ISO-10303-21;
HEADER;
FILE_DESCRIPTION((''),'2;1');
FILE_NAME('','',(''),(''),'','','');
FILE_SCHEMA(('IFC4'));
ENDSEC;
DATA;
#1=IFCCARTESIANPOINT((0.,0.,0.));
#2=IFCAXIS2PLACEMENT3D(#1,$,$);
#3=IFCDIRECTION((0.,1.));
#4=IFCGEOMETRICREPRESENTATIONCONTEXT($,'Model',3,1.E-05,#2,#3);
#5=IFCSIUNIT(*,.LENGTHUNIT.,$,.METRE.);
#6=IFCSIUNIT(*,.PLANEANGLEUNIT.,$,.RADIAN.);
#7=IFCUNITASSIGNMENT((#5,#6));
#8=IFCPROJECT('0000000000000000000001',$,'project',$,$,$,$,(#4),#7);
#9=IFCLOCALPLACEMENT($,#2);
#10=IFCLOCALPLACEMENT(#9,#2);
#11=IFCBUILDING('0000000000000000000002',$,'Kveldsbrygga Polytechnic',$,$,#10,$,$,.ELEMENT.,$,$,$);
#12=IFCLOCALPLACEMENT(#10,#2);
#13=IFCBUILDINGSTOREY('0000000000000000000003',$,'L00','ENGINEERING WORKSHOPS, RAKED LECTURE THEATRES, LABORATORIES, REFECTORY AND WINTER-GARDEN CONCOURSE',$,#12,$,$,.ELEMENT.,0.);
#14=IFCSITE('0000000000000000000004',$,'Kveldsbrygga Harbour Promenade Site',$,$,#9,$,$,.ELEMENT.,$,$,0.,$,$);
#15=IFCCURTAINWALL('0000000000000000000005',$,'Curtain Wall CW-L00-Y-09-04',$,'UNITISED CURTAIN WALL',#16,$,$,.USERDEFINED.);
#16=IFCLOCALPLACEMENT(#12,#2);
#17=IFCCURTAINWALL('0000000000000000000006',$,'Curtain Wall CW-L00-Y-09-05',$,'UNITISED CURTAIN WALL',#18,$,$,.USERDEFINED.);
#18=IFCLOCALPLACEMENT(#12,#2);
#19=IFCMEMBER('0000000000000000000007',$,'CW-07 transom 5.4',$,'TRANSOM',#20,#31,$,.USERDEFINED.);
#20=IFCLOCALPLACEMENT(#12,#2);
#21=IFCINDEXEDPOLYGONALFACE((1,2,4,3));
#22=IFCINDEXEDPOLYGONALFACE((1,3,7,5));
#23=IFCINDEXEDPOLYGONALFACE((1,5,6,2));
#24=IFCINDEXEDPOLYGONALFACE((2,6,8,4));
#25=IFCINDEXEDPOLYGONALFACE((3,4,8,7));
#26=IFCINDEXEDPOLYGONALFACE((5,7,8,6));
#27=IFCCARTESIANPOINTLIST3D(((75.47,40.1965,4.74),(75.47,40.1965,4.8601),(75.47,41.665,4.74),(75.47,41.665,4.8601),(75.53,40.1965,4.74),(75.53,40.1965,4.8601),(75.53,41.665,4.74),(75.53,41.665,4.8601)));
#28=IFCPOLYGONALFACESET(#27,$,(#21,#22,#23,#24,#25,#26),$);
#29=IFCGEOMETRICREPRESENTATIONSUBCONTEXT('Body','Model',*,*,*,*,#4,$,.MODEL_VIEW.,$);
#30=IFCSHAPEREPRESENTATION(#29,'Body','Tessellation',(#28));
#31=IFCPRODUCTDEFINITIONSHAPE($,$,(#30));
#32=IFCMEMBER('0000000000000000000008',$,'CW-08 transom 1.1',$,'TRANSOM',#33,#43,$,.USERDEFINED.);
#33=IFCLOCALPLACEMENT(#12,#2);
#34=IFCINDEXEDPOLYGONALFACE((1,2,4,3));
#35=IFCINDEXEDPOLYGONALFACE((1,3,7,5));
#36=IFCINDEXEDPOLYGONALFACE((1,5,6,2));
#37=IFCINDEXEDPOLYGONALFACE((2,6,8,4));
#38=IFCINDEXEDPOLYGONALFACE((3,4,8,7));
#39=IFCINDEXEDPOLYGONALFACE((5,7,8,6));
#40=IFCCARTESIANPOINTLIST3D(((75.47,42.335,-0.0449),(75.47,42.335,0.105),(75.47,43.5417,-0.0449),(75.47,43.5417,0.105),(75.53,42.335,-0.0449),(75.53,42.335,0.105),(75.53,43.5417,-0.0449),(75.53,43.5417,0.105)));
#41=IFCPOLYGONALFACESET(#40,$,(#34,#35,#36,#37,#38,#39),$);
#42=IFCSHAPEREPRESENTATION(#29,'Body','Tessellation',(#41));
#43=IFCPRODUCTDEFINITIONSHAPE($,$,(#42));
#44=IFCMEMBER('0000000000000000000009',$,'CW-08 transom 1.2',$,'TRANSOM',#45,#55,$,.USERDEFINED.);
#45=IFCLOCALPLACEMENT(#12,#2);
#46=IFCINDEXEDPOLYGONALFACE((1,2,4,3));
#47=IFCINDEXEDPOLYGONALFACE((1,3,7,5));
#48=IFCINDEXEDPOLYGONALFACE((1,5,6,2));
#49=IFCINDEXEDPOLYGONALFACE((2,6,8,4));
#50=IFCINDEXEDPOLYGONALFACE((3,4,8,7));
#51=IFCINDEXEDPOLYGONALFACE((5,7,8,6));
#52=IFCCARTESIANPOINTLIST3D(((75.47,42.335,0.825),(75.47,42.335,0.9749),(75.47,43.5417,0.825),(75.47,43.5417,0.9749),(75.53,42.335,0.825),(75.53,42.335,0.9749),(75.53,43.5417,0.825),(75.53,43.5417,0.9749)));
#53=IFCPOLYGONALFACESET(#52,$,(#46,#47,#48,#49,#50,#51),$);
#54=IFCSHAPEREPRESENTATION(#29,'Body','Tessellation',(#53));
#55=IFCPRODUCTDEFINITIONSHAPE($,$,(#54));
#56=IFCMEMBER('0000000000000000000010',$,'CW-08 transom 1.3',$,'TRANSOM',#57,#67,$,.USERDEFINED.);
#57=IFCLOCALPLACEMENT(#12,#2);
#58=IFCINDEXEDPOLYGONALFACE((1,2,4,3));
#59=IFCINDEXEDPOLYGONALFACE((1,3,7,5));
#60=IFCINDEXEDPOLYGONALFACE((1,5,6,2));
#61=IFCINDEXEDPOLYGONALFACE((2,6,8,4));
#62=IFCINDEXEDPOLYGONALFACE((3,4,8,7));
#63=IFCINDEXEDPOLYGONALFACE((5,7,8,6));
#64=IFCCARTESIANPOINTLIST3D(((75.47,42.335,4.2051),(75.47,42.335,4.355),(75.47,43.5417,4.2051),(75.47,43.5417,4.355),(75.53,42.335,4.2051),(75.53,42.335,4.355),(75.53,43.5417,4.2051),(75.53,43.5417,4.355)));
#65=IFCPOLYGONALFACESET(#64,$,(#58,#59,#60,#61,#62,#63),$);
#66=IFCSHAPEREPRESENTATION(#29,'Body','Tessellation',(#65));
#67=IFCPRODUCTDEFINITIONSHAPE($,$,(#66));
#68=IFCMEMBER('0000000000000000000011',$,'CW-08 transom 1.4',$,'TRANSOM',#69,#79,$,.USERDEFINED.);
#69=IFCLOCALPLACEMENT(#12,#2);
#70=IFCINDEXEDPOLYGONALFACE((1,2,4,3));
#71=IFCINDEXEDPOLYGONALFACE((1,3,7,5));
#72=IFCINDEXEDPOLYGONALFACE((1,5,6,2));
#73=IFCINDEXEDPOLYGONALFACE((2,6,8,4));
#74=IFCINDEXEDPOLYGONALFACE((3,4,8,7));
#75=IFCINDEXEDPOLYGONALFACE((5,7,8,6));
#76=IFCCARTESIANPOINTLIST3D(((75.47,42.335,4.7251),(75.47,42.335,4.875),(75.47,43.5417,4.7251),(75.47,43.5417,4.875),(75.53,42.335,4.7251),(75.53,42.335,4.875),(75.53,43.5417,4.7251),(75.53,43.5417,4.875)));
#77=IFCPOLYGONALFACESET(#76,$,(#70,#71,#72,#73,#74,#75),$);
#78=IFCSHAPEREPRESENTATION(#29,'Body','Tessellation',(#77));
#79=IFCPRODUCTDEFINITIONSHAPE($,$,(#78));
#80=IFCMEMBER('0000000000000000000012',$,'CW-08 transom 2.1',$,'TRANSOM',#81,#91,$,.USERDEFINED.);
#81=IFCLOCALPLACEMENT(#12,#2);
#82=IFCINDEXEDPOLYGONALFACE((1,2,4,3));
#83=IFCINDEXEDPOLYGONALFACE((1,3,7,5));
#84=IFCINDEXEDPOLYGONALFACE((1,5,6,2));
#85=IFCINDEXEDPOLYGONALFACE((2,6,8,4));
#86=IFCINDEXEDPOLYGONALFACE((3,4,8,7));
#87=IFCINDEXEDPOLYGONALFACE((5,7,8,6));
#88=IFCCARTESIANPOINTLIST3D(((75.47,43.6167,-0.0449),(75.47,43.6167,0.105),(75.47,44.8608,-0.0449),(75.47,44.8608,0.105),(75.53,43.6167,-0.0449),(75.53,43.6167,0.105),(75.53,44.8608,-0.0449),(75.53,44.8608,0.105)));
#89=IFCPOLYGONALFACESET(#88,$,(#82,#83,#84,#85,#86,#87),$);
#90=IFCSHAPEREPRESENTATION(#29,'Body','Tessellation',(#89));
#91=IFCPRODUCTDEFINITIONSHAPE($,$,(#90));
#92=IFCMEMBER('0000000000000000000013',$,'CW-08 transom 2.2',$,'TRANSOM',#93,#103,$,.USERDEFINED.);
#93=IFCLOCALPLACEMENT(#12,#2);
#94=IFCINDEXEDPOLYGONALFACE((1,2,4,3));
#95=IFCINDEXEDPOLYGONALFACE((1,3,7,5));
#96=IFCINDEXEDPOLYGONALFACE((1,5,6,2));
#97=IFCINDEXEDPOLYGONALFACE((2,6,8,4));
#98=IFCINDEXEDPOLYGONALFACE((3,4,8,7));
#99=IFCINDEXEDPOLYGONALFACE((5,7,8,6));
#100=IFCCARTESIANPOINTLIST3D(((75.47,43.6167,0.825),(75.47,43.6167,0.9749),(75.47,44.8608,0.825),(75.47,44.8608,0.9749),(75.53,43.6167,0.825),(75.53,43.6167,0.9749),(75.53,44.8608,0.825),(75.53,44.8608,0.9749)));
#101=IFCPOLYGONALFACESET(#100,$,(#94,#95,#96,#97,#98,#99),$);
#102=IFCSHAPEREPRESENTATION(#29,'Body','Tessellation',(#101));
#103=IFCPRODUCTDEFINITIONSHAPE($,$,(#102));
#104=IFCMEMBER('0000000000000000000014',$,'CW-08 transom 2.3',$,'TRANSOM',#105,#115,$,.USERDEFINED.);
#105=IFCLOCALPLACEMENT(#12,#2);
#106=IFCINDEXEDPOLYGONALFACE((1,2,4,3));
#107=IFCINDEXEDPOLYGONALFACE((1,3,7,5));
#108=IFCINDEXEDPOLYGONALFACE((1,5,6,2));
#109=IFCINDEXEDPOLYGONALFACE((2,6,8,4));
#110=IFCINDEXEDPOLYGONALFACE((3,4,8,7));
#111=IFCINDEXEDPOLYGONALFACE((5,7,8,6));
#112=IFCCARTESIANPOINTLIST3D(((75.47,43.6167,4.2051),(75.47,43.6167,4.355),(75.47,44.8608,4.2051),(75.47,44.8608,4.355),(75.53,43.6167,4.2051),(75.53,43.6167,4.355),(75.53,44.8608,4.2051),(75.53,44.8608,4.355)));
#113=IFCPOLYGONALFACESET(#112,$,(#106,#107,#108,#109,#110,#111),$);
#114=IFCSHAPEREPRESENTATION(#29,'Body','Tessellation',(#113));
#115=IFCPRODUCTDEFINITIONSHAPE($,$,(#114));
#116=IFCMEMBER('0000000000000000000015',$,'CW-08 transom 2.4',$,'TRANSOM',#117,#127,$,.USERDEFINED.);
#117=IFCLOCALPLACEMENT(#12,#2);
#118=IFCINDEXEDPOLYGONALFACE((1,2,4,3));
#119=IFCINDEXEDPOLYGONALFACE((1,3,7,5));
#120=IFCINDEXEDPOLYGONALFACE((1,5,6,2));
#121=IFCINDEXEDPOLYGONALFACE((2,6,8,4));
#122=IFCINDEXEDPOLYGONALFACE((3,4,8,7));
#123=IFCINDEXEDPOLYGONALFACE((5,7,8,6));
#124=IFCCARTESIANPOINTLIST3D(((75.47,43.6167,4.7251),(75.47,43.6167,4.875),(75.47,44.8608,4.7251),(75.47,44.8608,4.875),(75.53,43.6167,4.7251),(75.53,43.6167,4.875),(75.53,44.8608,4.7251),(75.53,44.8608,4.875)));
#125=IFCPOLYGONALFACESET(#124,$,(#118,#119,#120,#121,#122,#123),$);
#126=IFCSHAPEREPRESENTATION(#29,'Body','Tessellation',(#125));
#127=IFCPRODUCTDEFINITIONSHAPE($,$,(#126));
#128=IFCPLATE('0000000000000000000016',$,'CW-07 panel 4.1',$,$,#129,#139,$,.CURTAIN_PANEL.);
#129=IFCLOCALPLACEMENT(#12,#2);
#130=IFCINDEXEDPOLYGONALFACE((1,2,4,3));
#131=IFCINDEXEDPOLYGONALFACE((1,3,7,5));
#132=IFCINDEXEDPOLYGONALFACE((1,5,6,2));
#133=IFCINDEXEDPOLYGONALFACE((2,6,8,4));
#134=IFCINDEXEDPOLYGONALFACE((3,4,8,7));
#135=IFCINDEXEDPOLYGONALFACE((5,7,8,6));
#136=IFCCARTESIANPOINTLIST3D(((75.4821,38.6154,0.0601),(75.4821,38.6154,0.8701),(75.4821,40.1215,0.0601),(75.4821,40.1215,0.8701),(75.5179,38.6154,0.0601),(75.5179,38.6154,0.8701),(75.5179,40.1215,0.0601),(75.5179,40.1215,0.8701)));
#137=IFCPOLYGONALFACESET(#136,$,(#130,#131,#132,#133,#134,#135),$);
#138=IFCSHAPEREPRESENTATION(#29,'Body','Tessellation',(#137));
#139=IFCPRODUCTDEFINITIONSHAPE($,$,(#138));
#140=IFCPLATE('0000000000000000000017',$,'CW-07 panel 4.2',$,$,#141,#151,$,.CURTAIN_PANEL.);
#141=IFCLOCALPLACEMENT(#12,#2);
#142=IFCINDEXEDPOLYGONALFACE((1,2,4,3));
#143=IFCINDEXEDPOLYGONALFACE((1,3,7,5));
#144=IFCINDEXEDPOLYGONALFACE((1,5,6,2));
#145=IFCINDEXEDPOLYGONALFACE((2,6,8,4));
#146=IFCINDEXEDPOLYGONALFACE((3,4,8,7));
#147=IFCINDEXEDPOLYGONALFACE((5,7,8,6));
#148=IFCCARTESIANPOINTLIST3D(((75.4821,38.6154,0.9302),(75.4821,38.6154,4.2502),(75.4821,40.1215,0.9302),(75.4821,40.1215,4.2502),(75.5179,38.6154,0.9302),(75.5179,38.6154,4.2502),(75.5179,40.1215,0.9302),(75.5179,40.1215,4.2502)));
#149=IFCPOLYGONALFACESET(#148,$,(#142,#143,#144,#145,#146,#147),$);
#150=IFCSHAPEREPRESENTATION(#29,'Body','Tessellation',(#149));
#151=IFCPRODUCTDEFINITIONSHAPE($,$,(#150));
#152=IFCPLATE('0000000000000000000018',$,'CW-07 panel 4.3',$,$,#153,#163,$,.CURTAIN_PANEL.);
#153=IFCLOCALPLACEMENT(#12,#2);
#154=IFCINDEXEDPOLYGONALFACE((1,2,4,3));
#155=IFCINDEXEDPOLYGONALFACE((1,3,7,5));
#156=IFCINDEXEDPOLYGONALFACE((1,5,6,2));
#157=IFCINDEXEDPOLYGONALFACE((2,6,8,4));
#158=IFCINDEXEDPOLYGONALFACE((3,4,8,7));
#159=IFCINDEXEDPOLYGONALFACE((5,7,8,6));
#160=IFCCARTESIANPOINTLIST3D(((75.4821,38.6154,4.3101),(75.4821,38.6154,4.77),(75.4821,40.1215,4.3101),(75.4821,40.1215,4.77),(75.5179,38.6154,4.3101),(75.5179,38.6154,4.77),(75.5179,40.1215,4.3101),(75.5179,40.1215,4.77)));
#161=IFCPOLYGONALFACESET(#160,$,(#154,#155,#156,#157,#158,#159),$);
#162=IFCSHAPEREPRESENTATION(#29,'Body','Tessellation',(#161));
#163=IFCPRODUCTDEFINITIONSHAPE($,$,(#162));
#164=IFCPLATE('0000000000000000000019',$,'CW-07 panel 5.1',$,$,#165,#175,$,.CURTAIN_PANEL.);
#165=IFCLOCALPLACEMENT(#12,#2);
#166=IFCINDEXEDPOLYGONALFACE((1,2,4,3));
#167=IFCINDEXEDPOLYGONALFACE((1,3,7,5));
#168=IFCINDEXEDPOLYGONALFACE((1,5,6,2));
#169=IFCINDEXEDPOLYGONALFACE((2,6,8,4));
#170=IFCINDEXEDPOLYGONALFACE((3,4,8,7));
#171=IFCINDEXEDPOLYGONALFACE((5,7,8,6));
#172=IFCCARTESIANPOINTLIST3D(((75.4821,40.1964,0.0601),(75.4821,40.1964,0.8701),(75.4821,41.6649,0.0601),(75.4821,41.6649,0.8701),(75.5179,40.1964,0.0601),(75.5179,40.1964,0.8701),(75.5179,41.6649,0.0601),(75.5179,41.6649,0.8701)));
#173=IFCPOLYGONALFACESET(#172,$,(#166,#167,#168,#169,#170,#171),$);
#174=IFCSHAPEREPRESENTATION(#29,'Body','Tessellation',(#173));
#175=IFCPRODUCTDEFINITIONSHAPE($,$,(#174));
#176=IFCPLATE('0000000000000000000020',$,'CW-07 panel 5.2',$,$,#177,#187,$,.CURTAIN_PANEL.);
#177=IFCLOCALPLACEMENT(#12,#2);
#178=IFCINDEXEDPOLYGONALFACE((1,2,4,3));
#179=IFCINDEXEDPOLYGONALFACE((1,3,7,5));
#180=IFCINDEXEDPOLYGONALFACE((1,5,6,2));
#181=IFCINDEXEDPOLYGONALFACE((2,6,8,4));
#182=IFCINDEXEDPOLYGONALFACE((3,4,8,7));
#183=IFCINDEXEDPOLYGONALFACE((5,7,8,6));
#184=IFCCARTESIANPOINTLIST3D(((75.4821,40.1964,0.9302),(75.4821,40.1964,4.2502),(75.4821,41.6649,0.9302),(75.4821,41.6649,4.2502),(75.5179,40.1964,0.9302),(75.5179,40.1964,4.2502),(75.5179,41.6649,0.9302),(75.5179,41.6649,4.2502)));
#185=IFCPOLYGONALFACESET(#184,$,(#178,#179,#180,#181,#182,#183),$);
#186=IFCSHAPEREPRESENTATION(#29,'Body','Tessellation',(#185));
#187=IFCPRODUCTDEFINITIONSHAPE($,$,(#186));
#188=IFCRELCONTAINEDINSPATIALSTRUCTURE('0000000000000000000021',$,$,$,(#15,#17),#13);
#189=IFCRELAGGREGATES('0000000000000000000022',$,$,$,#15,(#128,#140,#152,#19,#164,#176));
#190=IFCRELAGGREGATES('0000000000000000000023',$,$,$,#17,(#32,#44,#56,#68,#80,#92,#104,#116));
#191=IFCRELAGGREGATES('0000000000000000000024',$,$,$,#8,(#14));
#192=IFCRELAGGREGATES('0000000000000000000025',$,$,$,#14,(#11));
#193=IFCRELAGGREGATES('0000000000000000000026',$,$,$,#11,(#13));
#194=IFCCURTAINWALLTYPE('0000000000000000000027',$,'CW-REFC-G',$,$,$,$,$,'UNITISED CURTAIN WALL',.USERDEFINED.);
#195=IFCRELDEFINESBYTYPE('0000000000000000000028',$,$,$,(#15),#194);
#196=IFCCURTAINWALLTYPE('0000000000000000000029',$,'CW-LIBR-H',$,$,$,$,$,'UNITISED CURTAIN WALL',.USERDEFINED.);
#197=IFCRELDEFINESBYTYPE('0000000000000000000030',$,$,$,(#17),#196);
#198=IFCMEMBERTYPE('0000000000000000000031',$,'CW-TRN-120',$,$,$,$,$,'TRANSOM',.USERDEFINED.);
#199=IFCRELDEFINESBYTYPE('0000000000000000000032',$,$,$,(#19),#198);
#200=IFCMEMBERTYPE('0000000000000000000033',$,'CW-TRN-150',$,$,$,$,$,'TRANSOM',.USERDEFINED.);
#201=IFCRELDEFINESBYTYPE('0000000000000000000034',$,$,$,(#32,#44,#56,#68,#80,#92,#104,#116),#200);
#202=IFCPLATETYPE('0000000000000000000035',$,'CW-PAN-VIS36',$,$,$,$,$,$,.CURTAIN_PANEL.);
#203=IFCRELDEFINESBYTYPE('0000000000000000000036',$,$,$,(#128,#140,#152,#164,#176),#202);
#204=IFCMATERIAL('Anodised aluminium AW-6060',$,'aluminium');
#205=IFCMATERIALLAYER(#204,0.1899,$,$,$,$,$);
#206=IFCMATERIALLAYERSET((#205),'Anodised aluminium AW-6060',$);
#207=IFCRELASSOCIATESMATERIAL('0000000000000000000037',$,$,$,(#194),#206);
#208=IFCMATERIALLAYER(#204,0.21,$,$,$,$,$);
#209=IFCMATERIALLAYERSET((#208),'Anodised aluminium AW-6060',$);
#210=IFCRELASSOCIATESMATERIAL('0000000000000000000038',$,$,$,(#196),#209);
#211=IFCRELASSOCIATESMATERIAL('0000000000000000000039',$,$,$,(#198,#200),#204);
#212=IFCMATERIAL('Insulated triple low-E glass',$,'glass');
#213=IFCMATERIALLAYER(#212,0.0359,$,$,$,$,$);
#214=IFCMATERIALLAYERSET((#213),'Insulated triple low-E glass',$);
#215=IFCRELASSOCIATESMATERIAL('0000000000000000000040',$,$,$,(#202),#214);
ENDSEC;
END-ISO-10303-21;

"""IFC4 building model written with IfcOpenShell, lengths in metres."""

from ifc_helpers import new_model, si_unit, direction, frame, origin, origin_2d, place, context, subcontext, project, spatial, rectangle, extrude, material, layer, layer_set, material_profile, profile_set, type_object, element, aggregate, save


model = new_model("IFC4")

# Units and contexts
model_context = context("Model", 3, precision=1e-05, world=origin(), true_north=direction((0.0, 1.0)))
body_context = subcontext(model_context, "Body", "Model", "MODEL_VIEW")
ifc_project = project(units=[si_unit("LENGTHUNIT", "METRE"), si_unit("PLANEANGLEUNIT", "RADIAN")], contexts=[model_context])

# Site, building, storey
site_placement = place(None, origin())
site = spatial("IfcSite", under=ifc_project, at=site_placement, Name="Kveldsbrygga Harbour Promenade Site", CompositionType="ELEMENT", RefElevation=0.0)
building_placement = place(site_placement, origin())
building = spatial("IfcBuilding", under=site, at=building_placement, Name="Kveldsbrygga Polytechnic", CompositionType="ELEMENT")
storey_placement = place(building_placement, origin())
storey = spatial("IfcBuildingStorey", under=building, at=storey_placement, Name="L00", Description="ENGINEERING WORKSHOPS, RAKED LECTURE THEATRES, LABORATORIES, REFECTORY AND WINTER-GARDEN CONCOURSE", CompositionType="ELEMENT", Elevation=0.0)

# Curtain walls
ifc_material_1 = material(Name="Anodised aluminium AW-6060", Category="aluminium")
ifc_layer_1 = layer(ifc_material_1, 0.1899)
ifc_layer_set_1 = layer_set([ifc_layer_1], Name="Anodised aluminium AW-6060")
curtain_wall_type_1 = type_object("IfcCurtainWallType", Name="CW-REFC-G", ElementType="UNITISED CURTAIN WALL", PredefinedType="USERDEFINED", material=ifc_layer_set_1)
curtain_wall_1_placement = place(storey_placement, origin())
curtain_wall_1 = element("IfcCurtainWall", 1, at=curtain_wall_1_placement, inside=storey, type_object=curtain_wall_type_1, Name="Curtain Wall CW-L00-Y-09-04", ObjectType="UNITISED CURTAIN WALL", PredefinedType="USERDEFINED")
ifc_layer_2 = layer(ifc_material_1, 0.21)
ifc_layer_set_2 = layer_set([ifc_layer_2], Name="Anodised aluminium AW-6060")
curtain_wall_type_2 = type_object("IfcCurtainWallType", Name="CW-LIBR-H", ElementType="UNITISED CURTAIN WALL", PredefinedType="USERDEFINED", material=ifc_layer_set_2)
curtain_wall_2_placement = place(storey_placement, origin())
curtain_wall_2 = element("IfcCurtainWall", 2, at=curtain_wall_2_placement, inside=storey, type_object=curtain_wall_type_2, Name="Curtain Wall CW-L00-Y-09-05", ObjectType="UNITISED CURTAIN WALL", PredefinedType="USERDEFINED")

# Members
ifc_material_profile_1 = material_profile(ifc_material_1, rectangle(XDim=0.0601, YDim=0.1201, at=origin_2d()), Name="ALU 60x120")
ifc_profile_set_1 = profile_set([ifc_material_profile_1], Name="Anodised aluminium AW-6060")
member_type_1 = type_object("IfcMemberType", Name="CW-TRN-120", ElementType="TRANSOM", PredefinedType="USERDEFINED", material=ifc_profile_set_1)
member_1_placement = place(storey_placement, frame((75.5, 40.1965, 4.8), z_axis=(0.0, 1.0, 0.0), x_axis=(-1.0, 0.0, 0.0)))
member_1 = element("IfcMember", 3, at=member_1_placement, type_object=member_type_1, Name="CW-07 transom 5.4", ObjectType="TRANSOM", PredefinedType="USERDEFINED", context=body_context, shape_type="SweptSolid", body=[
    extrude(rectangle(XDim=0.0601, YDim=0.1201, at=origin_2d()), origin(), (0.0, 0.0, 1.0), 1.4685),
])
ifc_material_profile_2 = material_profile(ifc_material_1, rectangle(XDim=0.0601, YDim=0.1499, at=origin_2d()), Name="ALU 60x150")
ifc_profile_set_2 = profile_set([ifc_material_profile_2], Name="Anodised aluminium AW-6060")
member_type_2 = type_object("IfcMemberType", Name="CW-TRN-150", ElementType="TRANSOM", PredefinedType="USERDEFINED", material=ifc_profile_set_2)
member_2_placement = place(storey_placement, frame((75.5, 42.335, 0.03), z_axis=(0.0, 1.0, 0.0), x_axis=(-1.0, 0.0, 0.0)))
member_2 = element("IfcMember", 4, at=member_2_placement, type_object=member_type_2, Name="CW-08 transom 1.1", ObjectType="TRANSOM", PredefinedType="USERDEFINED", context=body_context, shape_type="SweptSolid", body=[
    extrude(rectangle(XDim=0.0601, YDim=0.1499, at=origin_2d()), origin(), (0.0, 0.0, 1.0), 1.2068),
])
member_3_placement = place(storey_placement, frame((75.5, 42.335, 0.8999), z_axis=(0.0, 1.0, 0.0), x_axis=(-1.0, 0.0, 0.0)))
member_3 = element("IfcMember", 5, at=member_3_placement, type_object=member_type_2, Name="CW-08 transom 1.2", ObjectType="TRANSOM", PredefinedType="USERDEFINED", context=body_context, shape_type="SweptSolid", body=[
    extrude(rectangle(XDim=0.0601, YDim=0.1499, at=origin_2d()), origin(), (0.0, 0.0, 1.0), 1.2068),
])
member_4_placement = place(storey_placement, frame((75.5, 42.335, 4.28), z_axis=(0.0, 1.0, 0.0), x_axis=(-1.0, 0.0, 0.0)))
member_4 = element("IfcMember", 6, at=member_4_placement, type_object=member_type_2, Name="CW-08 transom 1.3", ObjectType="TRANSOM", PredefinedType="USERDEFINED", context=body_context, shape_type="SweptSolid", body=[
    extrude(rectangle(XDim=0.0601, YDim=0.1499, at=origin_2d()), origin(), (0.0, 0.0, 1.0), 1.2068),
])
member_5_placement = place(storey_placement, frame((75.5, 42.335, 4.8), z_axis=(0.0, 1.0, 0.0), x_axis=(-1.0, 0.0, 0.0)))
member_5 = element("IfcMember", 7, at=member_5_placement, type_object=member_type_2, Name="CW-08 transom 1.4", ObjectType="TRANSOM", PredefinedType="USERDEFINED", context=body_context, shape_type="SweptSolid", body=[
    extrude(rectangle(XDim=0.0601, YDim=0.1499, at=origin_2d()), origin(), (0.0, 0.0, 1.0), 1.2068),
])
member_6_placement = place(storey_placement, frame((75.5, 43.6167, 0.03), z_axis=(0.0, 1.0, 0.0), x_axis=(-1.0, 0.0, 0.0)))
member_6 = element("IfcMember", 8, at=member_6_placement, type_object=member_type_2, Name="CW-08 transom 2.1", ObjectType="TRANSOM", PredefinedType="USERDEFINED", context=body_context, shape_type="SweptSolid", body=[
    extrude(rectangle(XDim=0.0601, YDim=0.1499, at=origin_2d()), origin(), (0.0, 0.0, 1.0), 1.2441),
])
member_7_placement = place(storey_placement, frame((75.5, 43.6167, 0.8999), z_axis=(0.0, 1.0, 0.0), x_axis=(-1.0, 0.0, 0.0)))
member_7 = element("IfcMember", 9, at=member_7_placement, type_object=member_type_2, Name="CW-08 transom 2.2", ObjectType="TRANSOM", PredefinedType="USERDEFINED", context=body_context, shape_type="SweptSolid", body=[
    extrude(rectangle(XDim=0.0601, YDim=0.1499, at=origin_2d()), origin(), (0.0, 0.0, 1.0), 1.2441),
])
member_8_placement = place(storey_placement, frame((75.5, 43.6167, 4.28), z_axis=(0.0, 1.0, 0.0), x_axis=(-1.0, 0.0, 0.0)))
member_8 = element("IfcMember", 10, at=member_8_placement, type_object=member_type_2, Name="CW-08 transom 2.3", ObjectType="TRANSOM", PredefinedType="USERDEFINED", context=body_context, shape_type="SweptSolid", body=[
    extrude(rectangle(XDim=0.0601, YDim=0.1499, at=origin_2d()), origin(), (0.0, 0.0, 1.0), 1.2441),
])
member_9_placement = place(storey_placement, frame((75.5, 43.6167, 4.8), z_axis=(0.0, 1.0, 0.0), x_axis=(-1.0, 0.0, 0.0)))
member_9 = element("IfcMember", 11, at=member_9_placement, type_object=member_type_2, Name="CW-08 transom 2.4", ObjectType="TRANSOM", PredefinedType="USERDEFINED", context=body_context, shape_type="SweptSolid", body=[
    extrude(rectangle(XDim=0.0601, YDim=0.1499, at=origin_2d()), origin(), (0.0, 0.0, 1.0), 1.2441),
])

# Plates
ifc_material_2 = material(Name="Insulated triple low-E glass", Category="glass")
ifc_layer_3 = layer(ifc_material_2, 0.0359)
ifc_layer_set_3 = layer_set([ifc_layer_3], Name="Insulated triple low-E glass")
plate_type_1 = type_object("IfcPlateType", Name="CW-PAN-VIS36", PredefinedType="CURTAIN_PANEL", material=ifc_layer_set_3)
plate_1_placement = place(storey_placement, frame((75.5, 39.3684, 0.0601), z_axis=(0.0, 0.0, 1.0), x_axis=(0.0, 1.0, 0.0)))
plate_1 = element("IfcPlate", 12, at=plate_1_placement, type_object=plate_type_1, Name="CW-07 panel 4.1", PredefinedType="CURTAIN_PANEL", context=body_context, shape_type="SweptSolid", body=[
    extrude(rectangle(XDim=1.5061, YDim=0.0359, at=origin_2d()), origin(), (0.0, 0.0, 1.0), 0.8101),
])
plate_2_placement = place(storey_placement, frame((75.5, 39.3684, 0.9302), z_axis=(0.0, 0.0, 1.0), x_axis=(0.0, 1.0, 0.0)))
plate_2 = element("IfcPlate", 13, at=plate_2_placement, type_object=plate_type_1, Name="CW-07 panel 4.2", PredefinedType="CURTAIN_PANEL", context=body_context, shape_type="SweptSolid", body=[
    extrude(rectangle(XDim=1.5061, YDim=0.0359, at=origin_2d()), origin(), (0.0, 0.0, 1.0), 3.3201),
])
plate_3_placement = place(storey_placement, frame((75.5, 39.3684, 4.3101), z_axis=(0.0, 0.0, 1.0), x_axis=(0.0, 1.0, 0.0)))
plate_3 = element("IfcPlate", 14, at=plate_3_placement, type_object=plate_type_1, Name="CW-07 panel 4.3", PredefinedType="CURTAIN_PANEL", context=body_context, shape_type="SweptSolid", body=[
    extrude(rectangle(XDim=1.5061, YDim=0.0359, at=origin_2d()), origin(), (0.0, 0.0, 1.0), 0.46),
])
plate_4_placement = place(storey_placement, frame((75.5, 40.9307, 0.0601), z_axis=(0.0, 0.0, 1.0), x_axis=(0.0, 1.0, 0.0)))
plate_4 = element("IfcPlate", 15, at=plate_4_placement, type_object=plate_type_1, Name="CW-07 panel 5.1", PredefinedType="CURTAIN_PANEL", context=body_context, shape_type="SweptSolid", body=[
    extrude(rectangle(XDim=1.4685, YDim=0.0359, at=origin_2d()), origin(), (0.0, 0.0, 1.0), 0.8101),
])
plate_5_placement = place(storey_placement, frame((75.5, 40.9307, 0.9302), z_axis=(0.0, 0.0, 1.0), x_axis=(0.0, 1.0, 0.0)))
plate_5 = element("IfcPlate", 16, at=plate_5_placement, type_object=plate_type_1, Name="CW-07 panel 5.2", PredefinedType="CURTAIN_PANEL", context=body_context, shape_type="SweptSolid", body=[
    extrude(rectangle(XDim=1.4685, YDim=0.0359, at=origin_2d()), origin(), (0.0, 0.0, 1.0), 3.3201),
])
aggregate(curtain_wall_1, [plate_1, plate_2, plate_3, member_1, plate_4, plate_5])
aggregate(curtain_wall_2, [member_2, member_3, member_4, member_5, member_6, member_7, member_8, member_9])

save(model, "model.ifc")
